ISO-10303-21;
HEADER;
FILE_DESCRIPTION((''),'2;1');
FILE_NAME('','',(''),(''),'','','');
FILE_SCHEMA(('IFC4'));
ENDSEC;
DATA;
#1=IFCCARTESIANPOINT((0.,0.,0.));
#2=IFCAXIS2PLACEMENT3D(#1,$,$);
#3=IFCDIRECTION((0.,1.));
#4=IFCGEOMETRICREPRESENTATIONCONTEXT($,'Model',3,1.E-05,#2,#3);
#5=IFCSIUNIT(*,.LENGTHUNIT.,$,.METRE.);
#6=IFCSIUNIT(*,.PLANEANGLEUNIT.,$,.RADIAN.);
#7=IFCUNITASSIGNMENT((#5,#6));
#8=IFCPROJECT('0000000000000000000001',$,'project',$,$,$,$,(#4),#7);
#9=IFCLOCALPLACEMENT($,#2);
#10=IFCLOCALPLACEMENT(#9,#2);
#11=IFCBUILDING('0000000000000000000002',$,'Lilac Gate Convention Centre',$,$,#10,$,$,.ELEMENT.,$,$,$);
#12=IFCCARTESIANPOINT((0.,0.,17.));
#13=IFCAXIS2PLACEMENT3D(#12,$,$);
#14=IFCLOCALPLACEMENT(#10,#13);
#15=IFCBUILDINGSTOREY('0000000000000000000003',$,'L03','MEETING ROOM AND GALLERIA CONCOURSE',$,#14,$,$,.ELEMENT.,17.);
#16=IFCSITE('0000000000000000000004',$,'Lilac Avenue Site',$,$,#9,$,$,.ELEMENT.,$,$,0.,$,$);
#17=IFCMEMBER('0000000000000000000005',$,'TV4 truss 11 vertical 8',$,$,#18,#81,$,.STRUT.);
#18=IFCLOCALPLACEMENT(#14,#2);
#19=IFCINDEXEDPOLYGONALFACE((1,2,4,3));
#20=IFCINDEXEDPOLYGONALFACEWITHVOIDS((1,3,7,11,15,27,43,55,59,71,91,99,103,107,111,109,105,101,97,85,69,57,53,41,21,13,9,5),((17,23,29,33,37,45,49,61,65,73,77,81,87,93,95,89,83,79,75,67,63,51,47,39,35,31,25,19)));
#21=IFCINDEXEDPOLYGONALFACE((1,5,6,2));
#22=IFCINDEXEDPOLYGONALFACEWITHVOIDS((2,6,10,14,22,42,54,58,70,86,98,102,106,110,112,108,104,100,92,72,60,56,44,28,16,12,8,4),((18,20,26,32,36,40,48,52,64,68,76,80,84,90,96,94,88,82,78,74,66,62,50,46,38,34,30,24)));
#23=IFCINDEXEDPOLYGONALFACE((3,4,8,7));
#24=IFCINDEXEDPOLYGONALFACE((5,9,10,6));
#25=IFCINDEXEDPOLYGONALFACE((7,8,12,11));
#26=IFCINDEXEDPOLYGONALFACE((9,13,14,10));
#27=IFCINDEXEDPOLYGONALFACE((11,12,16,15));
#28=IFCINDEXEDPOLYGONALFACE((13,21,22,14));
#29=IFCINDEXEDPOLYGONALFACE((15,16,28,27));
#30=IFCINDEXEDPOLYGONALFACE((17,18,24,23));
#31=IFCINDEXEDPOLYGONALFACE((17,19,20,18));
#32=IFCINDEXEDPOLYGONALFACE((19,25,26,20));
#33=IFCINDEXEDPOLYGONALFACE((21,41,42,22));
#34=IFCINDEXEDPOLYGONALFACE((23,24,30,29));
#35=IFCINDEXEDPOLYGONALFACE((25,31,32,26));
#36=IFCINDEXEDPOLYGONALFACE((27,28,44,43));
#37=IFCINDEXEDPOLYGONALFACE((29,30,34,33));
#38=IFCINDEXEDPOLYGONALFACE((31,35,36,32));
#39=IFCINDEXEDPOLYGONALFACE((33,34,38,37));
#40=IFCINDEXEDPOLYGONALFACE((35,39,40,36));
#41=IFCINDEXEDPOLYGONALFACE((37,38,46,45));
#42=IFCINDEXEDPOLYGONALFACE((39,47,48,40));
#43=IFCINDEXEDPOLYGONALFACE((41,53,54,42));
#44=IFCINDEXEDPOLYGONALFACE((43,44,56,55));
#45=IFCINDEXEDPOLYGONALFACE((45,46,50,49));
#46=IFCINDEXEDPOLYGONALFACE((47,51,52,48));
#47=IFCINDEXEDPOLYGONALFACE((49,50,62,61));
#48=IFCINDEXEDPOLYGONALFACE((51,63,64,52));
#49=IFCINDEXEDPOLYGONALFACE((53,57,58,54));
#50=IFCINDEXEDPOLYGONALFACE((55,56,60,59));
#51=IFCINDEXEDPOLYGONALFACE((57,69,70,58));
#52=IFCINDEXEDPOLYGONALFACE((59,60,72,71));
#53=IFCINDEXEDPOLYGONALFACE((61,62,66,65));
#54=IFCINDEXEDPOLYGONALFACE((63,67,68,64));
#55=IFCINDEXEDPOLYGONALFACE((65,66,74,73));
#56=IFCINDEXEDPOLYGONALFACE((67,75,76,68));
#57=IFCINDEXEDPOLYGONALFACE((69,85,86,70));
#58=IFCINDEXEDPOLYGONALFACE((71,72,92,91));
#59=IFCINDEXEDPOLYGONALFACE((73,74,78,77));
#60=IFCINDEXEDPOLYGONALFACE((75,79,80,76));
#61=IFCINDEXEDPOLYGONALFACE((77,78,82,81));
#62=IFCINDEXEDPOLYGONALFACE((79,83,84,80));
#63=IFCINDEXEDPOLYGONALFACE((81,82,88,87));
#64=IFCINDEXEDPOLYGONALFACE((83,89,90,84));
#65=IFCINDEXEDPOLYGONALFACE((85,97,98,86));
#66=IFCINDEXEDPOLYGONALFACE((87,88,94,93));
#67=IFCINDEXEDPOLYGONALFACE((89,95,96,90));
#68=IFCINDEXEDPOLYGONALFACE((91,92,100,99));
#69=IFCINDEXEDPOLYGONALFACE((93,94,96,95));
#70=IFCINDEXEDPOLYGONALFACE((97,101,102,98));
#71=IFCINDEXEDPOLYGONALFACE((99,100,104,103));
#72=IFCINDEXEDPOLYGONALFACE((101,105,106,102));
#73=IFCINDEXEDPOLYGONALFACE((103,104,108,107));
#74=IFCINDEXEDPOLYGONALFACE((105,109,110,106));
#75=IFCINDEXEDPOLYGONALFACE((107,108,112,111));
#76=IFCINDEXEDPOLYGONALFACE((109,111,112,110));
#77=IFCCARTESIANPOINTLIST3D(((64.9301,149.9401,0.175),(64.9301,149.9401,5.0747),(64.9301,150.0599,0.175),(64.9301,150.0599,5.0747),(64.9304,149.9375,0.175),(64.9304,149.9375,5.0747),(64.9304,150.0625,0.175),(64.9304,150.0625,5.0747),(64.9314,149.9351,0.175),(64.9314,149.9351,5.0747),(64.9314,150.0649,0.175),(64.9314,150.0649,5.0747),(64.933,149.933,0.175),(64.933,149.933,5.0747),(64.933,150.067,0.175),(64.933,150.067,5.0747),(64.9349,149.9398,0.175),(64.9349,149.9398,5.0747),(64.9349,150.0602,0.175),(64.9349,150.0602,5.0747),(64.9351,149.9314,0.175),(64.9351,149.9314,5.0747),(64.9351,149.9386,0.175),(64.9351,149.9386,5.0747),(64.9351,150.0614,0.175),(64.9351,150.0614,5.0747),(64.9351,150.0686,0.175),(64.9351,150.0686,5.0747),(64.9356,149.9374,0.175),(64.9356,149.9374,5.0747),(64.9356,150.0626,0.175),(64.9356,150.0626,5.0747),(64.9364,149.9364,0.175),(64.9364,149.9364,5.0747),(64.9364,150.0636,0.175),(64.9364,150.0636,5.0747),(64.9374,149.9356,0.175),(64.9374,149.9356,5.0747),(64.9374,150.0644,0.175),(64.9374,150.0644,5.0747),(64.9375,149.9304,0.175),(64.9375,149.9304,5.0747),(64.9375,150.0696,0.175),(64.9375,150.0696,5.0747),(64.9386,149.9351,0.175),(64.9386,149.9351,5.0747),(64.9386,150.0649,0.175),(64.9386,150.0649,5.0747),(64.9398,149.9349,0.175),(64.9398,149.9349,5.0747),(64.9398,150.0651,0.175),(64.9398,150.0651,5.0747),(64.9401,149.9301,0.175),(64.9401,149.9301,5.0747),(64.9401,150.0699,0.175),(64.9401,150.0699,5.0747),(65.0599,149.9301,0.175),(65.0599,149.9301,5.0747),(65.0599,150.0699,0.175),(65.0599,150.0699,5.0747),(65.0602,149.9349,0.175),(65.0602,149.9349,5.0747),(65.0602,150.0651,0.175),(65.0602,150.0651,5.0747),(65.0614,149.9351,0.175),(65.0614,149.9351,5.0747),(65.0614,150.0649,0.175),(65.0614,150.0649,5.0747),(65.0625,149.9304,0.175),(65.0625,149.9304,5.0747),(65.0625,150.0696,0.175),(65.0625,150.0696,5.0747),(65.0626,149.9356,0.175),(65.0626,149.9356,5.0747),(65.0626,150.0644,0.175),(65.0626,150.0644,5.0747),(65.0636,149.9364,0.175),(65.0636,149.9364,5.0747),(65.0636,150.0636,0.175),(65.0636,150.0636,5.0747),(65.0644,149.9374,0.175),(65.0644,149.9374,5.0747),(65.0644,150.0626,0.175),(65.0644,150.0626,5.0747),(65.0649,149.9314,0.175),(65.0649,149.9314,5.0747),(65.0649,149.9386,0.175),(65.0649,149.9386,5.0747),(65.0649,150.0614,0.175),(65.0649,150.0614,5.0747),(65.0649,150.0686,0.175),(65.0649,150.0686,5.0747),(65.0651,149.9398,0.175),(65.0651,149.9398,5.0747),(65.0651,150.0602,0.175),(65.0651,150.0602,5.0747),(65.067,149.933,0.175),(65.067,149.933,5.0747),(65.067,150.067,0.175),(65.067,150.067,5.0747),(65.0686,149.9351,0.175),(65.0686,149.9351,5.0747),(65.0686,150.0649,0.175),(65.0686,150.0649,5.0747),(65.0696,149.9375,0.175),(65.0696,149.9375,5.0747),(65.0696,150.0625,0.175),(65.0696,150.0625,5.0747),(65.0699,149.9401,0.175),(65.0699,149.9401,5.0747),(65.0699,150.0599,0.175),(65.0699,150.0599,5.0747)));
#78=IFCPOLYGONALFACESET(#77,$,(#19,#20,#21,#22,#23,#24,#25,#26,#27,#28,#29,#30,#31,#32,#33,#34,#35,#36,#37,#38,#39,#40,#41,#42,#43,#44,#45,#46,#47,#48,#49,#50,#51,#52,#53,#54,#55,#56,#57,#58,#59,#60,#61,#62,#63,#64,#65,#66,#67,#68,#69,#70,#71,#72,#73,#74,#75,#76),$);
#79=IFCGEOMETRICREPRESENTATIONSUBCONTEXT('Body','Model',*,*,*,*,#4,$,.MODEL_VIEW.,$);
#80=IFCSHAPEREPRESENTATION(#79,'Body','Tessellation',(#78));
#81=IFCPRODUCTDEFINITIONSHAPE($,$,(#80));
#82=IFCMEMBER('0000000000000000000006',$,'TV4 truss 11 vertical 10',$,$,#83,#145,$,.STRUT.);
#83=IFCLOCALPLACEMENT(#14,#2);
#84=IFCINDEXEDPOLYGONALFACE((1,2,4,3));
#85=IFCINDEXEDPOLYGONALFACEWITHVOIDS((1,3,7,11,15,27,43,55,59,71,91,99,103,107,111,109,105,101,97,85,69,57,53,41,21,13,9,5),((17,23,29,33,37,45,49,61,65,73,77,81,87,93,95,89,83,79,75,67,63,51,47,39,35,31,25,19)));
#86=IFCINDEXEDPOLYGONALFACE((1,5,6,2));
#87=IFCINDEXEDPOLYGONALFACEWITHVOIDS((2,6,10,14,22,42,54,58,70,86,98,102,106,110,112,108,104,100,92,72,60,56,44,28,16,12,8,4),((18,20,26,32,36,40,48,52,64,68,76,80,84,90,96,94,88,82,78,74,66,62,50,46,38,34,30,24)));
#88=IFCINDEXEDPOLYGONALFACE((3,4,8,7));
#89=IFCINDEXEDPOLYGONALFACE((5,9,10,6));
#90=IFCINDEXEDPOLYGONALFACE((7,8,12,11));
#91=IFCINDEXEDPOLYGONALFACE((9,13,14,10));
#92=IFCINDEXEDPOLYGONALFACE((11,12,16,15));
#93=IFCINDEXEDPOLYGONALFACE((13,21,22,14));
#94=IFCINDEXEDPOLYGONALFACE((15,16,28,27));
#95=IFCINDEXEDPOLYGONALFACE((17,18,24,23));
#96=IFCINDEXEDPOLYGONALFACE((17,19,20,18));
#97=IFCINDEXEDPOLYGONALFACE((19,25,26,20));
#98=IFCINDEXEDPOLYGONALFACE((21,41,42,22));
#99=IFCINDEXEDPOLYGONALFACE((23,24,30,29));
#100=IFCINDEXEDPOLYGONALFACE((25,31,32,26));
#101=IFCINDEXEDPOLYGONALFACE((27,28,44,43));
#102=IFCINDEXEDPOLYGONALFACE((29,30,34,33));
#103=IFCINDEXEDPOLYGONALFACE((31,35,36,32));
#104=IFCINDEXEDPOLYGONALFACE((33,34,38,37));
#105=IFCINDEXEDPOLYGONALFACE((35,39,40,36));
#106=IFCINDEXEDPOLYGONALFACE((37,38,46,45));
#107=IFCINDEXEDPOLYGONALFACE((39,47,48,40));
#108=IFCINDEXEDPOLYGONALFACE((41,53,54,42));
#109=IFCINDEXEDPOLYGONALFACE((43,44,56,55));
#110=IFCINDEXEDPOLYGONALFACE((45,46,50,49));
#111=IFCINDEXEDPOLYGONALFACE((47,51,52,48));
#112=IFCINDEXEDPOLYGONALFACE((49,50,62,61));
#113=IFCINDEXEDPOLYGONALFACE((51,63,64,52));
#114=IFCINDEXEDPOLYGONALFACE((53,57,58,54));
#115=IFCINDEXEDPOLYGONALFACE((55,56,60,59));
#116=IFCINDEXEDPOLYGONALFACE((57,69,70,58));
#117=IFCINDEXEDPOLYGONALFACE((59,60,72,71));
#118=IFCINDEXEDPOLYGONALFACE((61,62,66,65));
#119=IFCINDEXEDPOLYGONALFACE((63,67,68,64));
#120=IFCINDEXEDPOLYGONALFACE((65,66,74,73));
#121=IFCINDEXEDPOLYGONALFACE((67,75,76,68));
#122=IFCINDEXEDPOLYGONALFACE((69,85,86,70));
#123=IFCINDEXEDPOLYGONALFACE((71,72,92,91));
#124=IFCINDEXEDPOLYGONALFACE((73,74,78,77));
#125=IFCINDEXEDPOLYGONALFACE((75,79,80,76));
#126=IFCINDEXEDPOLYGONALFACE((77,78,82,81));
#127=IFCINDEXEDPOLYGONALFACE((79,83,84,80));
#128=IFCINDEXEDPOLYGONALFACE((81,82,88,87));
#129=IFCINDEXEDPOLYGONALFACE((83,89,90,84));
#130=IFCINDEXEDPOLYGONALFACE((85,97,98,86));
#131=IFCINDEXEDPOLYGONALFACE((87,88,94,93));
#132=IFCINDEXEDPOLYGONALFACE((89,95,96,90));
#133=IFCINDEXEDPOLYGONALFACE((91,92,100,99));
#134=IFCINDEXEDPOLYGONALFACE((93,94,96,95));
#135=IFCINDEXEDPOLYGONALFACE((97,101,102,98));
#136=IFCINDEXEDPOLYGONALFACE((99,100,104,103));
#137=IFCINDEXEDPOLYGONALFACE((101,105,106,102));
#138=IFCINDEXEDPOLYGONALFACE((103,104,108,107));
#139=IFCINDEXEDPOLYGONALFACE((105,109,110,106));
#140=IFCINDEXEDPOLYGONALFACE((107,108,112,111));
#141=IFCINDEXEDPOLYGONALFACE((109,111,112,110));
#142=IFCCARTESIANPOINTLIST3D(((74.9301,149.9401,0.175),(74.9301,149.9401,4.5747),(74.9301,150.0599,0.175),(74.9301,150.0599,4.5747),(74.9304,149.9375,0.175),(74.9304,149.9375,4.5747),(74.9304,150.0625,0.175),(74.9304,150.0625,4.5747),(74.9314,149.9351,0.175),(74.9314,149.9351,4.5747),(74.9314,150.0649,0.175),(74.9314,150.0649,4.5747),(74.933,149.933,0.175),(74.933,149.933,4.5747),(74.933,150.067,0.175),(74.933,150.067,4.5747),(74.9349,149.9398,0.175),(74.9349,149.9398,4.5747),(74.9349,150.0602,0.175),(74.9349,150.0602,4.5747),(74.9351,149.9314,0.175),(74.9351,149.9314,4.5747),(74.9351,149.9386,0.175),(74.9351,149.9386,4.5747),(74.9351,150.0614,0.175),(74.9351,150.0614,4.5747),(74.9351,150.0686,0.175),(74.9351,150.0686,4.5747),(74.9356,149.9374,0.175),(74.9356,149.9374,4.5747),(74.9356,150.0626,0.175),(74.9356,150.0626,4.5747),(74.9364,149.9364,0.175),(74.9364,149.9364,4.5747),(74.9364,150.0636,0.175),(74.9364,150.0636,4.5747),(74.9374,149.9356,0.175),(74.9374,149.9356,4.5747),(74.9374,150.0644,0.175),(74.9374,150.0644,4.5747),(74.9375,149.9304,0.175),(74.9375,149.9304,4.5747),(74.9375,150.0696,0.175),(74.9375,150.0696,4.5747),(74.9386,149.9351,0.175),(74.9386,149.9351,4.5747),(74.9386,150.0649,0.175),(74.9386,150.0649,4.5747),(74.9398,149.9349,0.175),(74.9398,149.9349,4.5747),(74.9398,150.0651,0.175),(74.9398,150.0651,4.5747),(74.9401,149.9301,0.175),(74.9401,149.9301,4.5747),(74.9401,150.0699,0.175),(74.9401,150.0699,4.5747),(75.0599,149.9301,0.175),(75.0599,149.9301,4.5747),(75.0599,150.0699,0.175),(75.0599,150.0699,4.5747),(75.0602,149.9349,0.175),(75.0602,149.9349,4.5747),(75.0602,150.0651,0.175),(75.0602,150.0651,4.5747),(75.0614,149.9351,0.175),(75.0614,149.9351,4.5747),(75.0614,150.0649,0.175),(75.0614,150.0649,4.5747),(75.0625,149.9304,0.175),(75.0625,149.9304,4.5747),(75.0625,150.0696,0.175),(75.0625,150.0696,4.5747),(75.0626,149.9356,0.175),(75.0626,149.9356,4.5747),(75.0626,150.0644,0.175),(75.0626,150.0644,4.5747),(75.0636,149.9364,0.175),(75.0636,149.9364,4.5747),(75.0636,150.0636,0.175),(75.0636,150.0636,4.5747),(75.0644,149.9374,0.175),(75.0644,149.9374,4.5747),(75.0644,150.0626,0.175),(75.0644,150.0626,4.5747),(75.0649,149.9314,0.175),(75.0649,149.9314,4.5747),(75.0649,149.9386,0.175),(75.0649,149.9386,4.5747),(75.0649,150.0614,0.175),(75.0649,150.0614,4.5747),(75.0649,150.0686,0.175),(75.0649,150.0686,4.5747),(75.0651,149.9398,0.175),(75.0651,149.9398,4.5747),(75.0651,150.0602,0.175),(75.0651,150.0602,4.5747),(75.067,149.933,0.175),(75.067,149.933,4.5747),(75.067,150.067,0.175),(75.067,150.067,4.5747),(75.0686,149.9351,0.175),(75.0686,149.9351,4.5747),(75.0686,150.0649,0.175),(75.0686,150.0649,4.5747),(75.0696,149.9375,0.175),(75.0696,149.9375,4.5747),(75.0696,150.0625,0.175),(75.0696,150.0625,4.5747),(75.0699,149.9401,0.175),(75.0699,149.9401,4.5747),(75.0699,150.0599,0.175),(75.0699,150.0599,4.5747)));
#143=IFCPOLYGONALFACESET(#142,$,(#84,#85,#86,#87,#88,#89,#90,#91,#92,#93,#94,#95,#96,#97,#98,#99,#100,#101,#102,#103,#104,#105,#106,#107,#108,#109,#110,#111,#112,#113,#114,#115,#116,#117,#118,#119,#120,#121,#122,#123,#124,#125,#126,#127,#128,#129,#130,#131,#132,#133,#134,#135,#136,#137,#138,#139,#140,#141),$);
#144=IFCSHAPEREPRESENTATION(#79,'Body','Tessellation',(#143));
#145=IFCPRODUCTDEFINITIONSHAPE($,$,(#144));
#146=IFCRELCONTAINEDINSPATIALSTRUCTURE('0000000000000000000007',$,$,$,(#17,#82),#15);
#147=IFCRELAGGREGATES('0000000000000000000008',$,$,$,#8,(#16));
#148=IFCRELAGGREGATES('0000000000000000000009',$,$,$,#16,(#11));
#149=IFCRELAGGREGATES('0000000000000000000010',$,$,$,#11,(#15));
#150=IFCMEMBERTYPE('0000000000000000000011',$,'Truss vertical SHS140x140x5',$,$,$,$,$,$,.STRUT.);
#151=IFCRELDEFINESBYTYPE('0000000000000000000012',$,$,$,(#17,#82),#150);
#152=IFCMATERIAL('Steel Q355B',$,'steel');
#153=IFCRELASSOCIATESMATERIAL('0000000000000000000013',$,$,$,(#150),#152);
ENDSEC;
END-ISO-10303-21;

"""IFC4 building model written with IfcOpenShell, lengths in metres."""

from ifc_helpers import new_model, si_unit, direction, frame, origin, origin_2d, place, context, subcontext, project, spatial, hollow_rectangle, extrude, material, material_profile, profile_set, type_object, element, save


model = new_model("IFC4")

# Units and contexts
model_context = context("Model", 3, precision=1e-05, world=origin(), true_north=direction((0.0, 1.0)))
body_context = subcontext(model_context, "Body", "Model", "MODEL_VIEW")
ifc_project = project(units=[si_unit("LENGTHUNIT", "METRE"), si_unit("PLANEANGLEUNIT", "RADIAN")], contexts=[model_context])

# Site, building, storey
site_placement = place(None, origin())
site = spatial("IfcSite", under=ifc_project, at=site_placement, Name="Lilac Avenue Site", CompositionType="ELEMENT", RefElevation=0.0)
building_placement = place(site_placement, origin())
building = spatial("IfcBuilding", under=site, at=building_placement, Name="Lilac Gate Convention Centre", CompositionType="ELEMENT")
storey_placement = place(building_placement, frame((0.0, 0.0, 17.0)))
storey = spatial("IfcBuildingStorey", under=building, at=storey_placement, Name="L03", Description="MEETING ROOM AND GALLERIA CONCOURSE", CompositionType="ELEMENT", Elevation=17.0)

# Members
ifc_material = material(Name="Steel Q355B", Category="steel")
ifc_material_profile_1 = material_profile(ifc_material, hollow_rectangle(XDim=0.1399, YDim=0.1399, WallThickness=0.0049, InnerFilletRadius=0.0049, OuterFilletRadius=0.01, at=origin_2d()), Name="SHS140x140x5")
ifc_profile_set_1 = profile_set([ifc_material_profile_1], Name="Steel Q355B")
member_type_1 = type_object("IfcMemberType", Name="Truss vertical SHS140x140x5", PredefinedType="STRUT", material=ifc_profile_set_1)
member_1_placement = place(storey_placement, frame((65.0, 150.0, 0.175), z_axis=(0.0, 0.0, 1.0), x_axis=(1.0, 0.0, 0.0)))
element("IfcMember", 1, at=member_1_placement, inside=storey, type_object=member_type_1, Name="TV4 truss 11 vertical 8", PredefinedType="STRUT", context=body_context, shape_type="SweptSolid", body=[
    extrude(hollow_rectangle(XDim=0.1399, YDim=0.1399, WallThickness=0.0049, InnerFilletRadius=0.0049, OuterFilletRadius=0.01, at=origin_2d()), origin(), (0.0, 0.0, 1.0), 4.8997),
])
member_2_placement = place(storey_placement, frame((75.0, 150.0, 0.175), z_axis=(0.0, 0.0, 1.0), x_axis=(1.0, 0.0, 0.0)))
element("IfcMember", 2, at=member_2_placement, inside=storey, type_object=member_type_1, Name="TV4 truss 11 vertical 10", PredefinedType="STRUT", context=body_context, shape_type="SweptSolid", body=[
    extrude(hollow_rectangle(XDim=0.1399, YDim=0.1399, WallThickness=0.0049, InnerFilletRadius=0.0049, OuterFilletRadius=0.01, at=origin_2d()), origin(), (0.0, 0.0, 1.0), 4.3997),
])

save(model, "model.ifc")
